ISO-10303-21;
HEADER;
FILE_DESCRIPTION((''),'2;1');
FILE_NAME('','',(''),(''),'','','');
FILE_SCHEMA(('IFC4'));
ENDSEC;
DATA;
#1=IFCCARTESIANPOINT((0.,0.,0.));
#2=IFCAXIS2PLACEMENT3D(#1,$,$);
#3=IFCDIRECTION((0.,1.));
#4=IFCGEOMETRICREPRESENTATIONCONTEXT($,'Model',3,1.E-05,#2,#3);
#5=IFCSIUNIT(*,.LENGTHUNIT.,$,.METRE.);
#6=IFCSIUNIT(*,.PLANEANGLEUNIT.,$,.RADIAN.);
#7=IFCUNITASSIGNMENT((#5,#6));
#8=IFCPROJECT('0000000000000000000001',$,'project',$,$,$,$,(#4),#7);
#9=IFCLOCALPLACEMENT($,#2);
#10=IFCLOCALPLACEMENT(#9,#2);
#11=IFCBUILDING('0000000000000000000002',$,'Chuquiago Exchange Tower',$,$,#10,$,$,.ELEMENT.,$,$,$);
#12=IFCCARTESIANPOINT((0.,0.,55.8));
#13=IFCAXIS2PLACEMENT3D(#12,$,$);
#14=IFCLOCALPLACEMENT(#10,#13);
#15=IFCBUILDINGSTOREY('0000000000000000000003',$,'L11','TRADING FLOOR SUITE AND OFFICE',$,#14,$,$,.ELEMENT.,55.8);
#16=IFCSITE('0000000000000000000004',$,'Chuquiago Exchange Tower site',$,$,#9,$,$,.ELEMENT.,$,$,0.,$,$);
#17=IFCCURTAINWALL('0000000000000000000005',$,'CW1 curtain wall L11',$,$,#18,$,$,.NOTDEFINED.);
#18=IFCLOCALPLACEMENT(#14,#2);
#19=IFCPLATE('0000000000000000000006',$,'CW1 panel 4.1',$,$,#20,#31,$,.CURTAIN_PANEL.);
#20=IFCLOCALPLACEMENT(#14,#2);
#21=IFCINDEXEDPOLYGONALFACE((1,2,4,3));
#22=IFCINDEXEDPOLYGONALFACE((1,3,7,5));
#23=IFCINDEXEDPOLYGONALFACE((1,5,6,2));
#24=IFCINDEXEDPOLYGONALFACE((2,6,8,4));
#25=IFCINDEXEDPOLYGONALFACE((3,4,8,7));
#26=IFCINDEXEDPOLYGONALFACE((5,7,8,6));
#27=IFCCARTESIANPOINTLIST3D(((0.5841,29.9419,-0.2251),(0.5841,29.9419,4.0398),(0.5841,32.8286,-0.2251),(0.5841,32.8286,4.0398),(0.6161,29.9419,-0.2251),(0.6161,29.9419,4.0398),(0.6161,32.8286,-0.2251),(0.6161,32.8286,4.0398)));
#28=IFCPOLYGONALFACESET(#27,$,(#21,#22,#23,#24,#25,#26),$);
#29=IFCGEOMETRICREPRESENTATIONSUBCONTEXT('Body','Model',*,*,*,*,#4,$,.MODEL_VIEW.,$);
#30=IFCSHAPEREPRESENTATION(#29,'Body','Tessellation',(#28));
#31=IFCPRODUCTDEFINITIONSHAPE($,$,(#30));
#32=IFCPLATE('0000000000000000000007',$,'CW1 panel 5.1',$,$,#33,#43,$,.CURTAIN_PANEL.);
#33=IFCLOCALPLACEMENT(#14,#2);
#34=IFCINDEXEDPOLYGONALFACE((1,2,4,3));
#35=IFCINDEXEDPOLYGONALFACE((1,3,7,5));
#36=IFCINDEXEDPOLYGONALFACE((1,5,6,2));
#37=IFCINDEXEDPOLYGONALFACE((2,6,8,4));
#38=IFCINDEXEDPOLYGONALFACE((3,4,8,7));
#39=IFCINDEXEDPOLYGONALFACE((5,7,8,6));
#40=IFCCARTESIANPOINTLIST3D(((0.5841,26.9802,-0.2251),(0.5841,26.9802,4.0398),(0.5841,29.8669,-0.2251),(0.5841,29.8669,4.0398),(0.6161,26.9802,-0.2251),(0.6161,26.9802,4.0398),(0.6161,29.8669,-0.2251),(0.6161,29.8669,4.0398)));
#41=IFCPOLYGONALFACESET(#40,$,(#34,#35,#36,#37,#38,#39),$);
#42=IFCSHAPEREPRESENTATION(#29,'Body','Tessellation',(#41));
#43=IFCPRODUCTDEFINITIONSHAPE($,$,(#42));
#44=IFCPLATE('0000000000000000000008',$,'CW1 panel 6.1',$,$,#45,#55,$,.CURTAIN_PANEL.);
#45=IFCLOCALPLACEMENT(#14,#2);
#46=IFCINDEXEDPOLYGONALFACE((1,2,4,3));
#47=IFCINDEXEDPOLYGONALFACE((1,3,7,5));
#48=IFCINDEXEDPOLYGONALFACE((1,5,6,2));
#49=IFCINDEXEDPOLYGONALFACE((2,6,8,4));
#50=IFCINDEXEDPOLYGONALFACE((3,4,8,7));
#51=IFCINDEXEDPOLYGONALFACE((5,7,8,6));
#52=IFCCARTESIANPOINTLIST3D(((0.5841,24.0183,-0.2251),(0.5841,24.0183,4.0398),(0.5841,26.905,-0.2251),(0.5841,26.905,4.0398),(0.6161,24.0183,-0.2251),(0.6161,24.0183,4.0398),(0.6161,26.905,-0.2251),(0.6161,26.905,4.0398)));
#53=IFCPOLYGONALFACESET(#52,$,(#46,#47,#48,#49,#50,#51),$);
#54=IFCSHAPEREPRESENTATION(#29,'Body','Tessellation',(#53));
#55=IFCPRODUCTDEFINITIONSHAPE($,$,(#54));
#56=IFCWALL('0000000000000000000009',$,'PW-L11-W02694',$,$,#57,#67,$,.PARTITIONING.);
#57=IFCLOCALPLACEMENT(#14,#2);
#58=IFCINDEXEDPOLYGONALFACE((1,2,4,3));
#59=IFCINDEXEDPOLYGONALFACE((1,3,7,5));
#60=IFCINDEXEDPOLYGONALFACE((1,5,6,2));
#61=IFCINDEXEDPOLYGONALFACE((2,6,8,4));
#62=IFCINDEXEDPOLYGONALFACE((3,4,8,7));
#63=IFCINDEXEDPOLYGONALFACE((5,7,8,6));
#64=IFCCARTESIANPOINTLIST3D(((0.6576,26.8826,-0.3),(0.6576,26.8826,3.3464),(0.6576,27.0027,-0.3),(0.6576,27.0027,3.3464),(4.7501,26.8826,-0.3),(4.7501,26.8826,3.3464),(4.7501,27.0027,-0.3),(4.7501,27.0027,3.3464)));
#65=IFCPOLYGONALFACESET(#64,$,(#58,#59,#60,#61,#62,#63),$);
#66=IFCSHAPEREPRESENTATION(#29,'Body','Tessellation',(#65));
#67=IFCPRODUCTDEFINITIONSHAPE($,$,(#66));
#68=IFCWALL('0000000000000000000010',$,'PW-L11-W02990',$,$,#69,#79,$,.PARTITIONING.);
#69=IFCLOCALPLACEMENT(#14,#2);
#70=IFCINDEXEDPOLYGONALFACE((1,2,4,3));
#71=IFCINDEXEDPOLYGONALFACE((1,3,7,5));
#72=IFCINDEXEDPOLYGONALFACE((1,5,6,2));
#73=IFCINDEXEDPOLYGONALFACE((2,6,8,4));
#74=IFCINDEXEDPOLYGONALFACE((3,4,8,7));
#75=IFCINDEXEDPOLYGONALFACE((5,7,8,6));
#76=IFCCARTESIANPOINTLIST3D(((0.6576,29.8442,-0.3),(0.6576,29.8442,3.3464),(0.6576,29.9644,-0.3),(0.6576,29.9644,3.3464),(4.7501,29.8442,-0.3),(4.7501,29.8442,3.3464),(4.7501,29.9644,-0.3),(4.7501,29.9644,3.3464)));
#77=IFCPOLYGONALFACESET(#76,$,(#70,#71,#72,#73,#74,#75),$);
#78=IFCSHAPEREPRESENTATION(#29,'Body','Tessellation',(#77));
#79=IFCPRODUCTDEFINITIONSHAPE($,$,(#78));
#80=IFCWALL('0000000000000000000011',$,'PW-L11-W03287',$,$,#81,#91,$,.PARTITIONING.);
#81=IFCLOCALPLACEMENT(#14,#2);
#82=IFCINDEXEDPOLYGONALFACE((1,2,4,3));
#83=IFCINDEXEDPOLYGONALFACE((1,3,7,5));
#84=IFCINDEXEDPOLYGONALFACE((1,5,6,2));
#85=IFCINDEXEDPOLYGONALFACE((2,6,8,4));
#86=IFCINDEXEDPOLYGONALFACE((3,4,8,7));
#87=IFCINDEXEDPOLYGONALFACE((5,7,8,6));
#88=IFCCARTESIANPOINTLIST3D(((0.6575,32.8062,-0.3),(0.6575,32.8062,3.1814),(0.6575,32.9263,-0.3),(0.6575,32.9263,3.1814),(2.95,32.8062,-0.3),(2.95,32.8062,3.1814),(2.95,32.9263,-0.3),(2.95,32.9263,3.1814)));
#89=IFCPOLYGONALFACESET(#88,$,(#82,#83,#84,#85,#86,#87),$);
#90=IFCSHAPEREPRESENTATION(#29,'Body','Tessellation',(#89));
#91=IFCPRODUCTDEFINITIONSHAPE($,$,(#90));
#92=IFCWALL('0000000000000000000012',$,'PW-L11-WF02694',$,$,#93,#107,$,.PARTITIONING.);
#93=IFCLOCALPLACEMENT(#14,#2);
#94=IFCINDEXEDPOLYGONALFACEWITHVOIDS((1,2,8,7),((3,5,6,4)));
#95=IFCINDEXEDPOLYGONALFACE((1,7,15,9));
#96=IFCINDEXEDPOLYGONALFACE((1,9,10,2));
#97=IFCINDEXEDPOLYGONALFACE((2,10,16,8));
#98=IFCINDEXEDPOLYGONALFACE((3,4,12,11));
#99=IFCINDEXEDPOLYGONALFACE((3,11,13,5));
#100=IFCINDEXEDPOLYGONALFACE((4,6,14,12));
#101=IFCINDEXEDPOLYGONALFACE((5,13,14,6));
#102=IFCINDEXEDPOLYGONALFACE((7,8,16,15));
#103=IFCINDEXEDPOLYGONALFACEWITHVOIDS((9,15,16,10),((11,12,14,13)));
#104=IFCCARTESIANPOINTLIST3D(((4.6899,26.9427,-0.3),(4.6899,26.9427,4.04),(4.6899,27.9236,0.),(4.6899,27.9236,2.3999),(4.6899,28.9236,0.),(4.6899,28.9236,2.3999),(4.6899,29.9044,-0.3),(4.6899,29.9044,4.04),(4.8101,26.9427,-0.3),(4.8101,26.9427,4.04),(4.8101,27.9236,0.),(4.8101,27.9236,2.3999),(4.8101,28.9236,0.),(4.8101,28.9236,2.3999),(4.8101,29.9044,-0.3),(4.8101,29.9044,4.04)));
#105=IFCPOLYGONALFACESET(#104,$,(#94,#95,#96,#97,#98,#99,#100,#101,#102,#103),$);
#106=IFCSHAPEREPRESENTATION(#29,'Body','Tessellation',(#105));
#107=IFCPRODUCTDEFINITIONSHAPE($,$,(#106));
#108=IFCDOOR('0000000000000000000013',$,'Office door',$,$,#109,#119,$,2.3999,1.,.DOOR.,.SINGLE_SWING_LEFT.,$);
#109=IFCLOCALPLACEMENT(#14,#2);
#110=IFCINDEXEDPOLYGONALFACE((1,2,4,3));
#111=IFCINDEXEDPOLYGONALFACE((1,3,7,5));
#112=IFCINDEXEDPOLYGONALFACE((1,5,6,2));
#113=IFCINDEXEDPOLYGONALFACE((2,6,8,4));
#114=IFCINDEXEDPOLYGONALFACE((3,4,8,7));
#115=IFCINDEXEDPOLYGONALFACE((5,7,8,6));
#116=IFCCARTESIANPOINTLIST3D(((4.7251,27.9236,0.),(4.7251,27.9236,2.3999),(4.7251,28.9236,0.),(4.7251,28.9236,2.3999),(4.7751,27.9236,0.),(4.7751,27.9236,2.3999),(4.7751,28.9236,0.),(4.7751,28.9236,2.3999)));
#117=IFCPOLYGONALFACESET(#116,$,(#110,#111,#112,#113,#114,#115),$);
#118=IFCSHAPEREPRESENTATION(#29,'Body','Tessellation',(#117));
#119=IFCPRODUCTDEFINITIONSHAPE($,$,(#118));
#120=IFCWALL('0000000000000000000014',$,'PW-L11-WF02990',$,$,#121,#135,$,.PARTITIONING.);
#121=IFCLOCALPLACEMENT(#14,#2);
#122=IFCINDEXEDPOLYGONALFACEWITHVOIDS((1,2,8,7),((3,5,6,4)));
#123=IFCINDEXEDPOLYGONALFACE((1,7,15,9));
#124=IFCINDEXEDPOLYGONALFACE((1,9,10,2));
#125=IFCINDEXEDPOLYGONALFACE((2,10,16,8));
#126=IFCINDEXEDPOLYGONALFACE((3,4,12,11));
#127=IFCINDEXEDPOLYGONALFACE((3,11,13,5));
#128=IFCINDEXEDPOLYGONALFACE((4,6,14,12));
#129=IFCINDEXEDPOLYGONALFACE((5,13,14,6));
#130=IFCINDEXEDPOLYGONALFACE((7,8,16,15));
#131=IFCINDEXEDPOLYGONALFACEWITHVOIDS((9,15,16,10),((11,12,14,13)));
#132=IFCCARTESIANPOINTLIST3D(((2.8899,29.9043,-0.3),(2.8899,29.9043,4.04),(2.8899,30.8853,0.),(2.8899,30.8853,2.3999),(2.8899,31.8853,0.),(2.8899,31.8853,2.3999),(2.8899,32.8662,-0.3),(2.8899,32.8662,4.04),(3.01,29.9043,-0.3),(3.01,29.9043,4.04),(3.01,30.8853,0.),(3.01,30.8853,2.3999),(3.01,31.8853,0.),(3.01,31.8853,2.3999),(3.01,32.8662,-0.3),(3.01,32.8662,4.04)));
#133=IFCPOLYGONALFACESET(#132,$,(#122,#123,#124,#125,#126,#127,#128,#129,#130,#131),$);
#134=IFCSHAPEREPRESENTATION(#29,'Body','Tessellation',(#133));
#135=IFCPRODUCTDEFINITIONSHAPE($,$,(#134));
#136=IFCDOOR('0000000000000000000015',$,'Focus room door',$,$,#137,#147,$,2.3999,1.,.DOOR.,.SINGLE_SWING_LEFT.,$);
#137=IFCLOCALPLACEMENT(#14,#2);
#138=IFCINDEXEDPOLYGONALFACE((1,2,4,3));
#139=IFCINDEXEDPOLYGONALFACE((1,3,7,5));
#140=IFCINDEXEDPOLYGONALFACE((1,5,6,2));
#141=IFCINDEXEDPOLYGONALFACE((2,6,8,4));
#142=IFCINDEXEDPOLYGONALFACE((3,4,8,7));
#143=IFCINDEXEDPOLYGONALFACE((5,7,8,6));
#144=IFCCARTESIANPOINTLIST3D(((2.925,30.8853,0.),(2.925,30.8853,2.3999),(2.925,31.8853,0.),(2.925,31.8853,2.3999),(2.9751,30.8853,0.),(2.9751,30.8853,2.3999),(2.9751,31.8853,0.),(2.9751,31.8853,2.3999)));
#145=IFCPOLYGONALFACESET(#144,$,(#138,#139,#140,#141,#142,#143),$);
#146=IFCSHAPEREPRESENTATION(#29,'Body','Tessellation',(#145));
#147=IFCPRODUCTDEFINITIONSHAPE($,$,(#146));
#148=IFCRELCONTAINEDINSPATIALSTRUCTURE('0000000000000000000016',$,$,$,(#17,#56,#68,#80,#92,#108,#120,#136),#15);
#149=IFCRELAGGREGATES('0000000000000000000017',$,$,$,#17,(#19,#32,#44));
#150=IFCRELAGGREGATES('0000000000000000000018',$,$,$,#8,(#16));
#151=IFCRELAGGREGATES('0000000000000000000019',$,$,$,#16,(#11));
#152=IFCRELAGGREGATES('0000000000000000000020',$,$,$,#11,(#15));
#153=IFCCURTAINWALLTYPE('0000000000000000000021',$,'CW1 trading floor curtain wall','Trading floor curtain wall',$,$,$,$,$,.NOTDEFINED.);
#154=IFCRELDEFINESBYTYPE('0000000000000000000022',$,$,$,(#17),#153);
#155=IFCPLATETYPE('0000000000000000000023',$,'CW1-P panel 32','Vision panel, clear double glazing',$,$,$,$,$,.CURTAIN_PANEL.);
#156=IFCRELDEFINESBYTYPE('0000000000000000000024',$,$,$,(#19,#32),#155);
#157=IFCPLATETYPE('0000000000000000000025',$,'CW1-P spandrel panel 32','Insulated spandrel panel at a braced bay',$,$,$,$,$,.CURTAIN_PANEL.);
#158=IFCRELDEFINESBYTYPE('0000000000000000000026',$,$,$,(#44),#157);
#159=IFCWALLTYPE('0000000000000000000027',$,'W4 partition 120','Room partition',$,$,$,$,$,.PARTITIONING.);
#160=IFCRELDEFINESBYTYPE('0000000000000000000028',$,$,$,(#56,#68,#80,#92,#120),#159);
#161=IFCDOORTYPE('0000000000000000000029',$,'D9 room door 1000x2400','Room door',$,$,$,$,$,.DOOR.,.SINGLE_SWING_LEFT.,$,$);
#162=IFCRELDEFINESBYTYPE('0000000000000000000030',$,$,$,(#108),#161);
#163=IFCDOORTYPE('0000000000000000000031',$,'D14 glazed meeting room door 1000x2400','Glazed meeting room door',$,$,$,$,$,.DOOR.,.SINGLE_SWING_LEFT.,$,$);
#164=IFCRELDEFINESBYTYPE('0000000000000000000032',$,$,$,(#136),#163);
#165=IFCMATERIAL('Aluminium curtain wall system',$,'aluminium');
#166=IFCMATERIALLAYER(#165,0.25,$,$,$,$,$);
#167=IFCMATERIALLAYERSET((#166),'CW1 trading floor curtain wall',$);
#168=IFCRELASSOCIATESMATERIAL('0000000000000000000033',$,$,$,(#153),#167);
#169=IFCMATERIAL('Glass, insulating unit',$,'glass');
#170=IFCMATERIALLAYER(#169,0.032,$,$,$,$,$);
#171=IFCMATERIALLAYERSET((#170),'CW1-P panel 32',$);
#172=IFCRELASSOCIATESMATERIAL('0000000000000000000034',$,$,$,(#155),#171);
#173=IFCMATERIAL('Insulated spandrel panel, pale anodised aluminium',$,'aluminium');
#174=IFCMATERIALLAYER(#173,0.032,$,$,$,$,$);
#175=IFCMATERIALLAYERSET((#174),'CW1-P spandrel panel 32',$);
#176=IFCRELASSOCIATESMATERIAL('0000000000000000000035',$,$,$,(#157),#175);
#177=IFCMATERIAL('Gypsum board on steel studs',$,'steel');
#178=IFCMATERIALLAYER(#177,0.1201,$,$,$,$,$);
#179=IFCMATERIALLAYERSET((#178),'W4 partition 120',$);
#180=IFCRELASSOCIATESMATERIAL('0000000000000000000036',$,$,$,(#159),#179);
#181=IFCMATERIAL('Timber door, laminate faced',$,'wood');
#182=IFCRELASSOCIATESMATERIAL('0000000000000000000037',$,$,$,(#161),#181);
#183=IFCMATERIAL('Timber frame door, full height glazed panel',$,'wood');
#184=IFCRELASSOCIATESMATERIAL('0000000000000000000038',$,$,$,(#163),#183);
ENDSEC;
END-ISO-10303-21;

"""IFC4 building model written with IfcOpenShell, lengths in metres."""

from ifc_helpers import new_model, si_unit, direction, frame, frame_2d, origin, origin_2d, place, context, subcontext, project, spatial, rectangle, extrude, material, layer, layer_set, type_object, element, fill, aggregate, save


model = new_model("IFC4")

# Units and contexts
model_context = context("Model", 3, precision=1e-05, world=origin(), true_north=direction((0.0, 1.0)))
body_context = subcontext(model_context, "Body", "Model", "MODEL_VIEW")
ifc_project = project(units=[si_unit("LENGTHUNIT", "METRE"), si_unit("PLANEANGLEUNIT", "RADIAN")], contexts=[model_context])

# Site, building, storey
site_placement = place(None, origin())
site = spatial("IfcSite", under=ifc_project, at=site_placement, Name="Chuquiago Exchange Tower site", CompositionType="ELEMENT", RefElevation=0.0)
building_placement = place(site_placement, origin())
building = spatial("IfcBuilding", under=site, at=building_placement, Name="Chuquiago Exchange Tower", CompositionType="ELEMENT")
storey_placement = place(building_placement, frame((0.0, 0.0, 55.8)))
storey = spatial("IfcBuildingStorey", under=building, at=storey_placement, Name="L11", Description="TRADING FLOOR SUITE AND OFFICE", CompositionType="ELEMENT", Elevation=55.8)

# Curtain wall
ifc_material_1 = material(Name="Aluminium curtain wall system", Category="aluminium")
ifc_layer_1 = layer(ifc_material_1, 0.25)
ifc_layer_set_1 = layer_set([ifc_layer_1], Name="CW1 trading floor curtain wall")
curtain_wall_type = type_object("IfcCurtainWallType", Name="CW1 trading floor curtain wall", Description="Trading floor curtain wall", PredefinedType="NOTDEFINED", material=ifc_layer_set_1)
curtain_wall_placement = place(storey_placement, origin())
curtain_wall = element("IfcCurtainWall", 1, at=curtain_wall_placement, inside=storey, type_object=curtain_wall_type, Name="CW1 curtain wall L11", PredefinedType="NOTDEFINED")

# Plates
ifc_material_2 = material(Name="Glass, insulating unit", Category="glass")
ifc_layer_2 = layer(ifc_material_2, 0.032)
ifc_layer_set_2 = layer_set([ifc_layer_2], Name="CW1-P panel 32")
plate_type_1 = type_object("IfcPlateType", Name="CW1-P panel 32", Description="Vision panel, clear double glazing", PredefinedType="CURTAIN_PANEL", material=ifc_layer_set_2)
plate_1_placement = place(storey_placement, frame((0.6001, 31.3853, -0.2251), z_axis=(0.0, 0.0, 1.0), x_axis=(0.0, -1.0, 0.0)))
plate_1 = element("IfcPlate", 2, at=plate_1_placement, type_object=plate_type_1, Name="CW1 panel 4.1", PredefinedType="CURTAIN_PANEL", context=body_context, shape_type="SweptSolid", body=[
    extrude(rectangle(XDim=2.8867, YDim=0.032, at=origin_2d()), origin(), (0.0, 0.0, 1.0), 4.2649),
])
plate_2_placement = place(storey_placement, frame((0.6001, 28.4236, -0.2251), z_axis=(0.0, 0.0, 1.0), x_axis=(0.0, -1.0, 0.0)))
plate_2 = element("IfcPlate", 3, at=plate_2_placement, type_object=plate_type_1, Name="CW1 panel 5.1", PredefinedType="CURTAIN_PANEL", context=body_context, shape_type="SweptSolid", body=[
    extrude(rectangle(XDim=2.8867, YDim=0.032, at=origin_2d()), origin(), (0.0, 0.0, 1.0), 4.2649),
])
ifc_material_3 = material(Name="Insulated spandrel panel, pale anodised aluminium", Category="aluminium")
ifc_layer_3 = layer(ifc_material_3, 0.032)
ifc_layer_set_3 = layer_set([ifc_layer_3], Name="CW1-P spandrel panel 32")
plate_type_2 = type_object("IfcPlateType", Name="CW1-P spandrel panel 32", Description="Insulated spandrel panel at a braced bay", PredefinedType="CURTAIN_PANEL", material=ifc_layer_set_3)
plate_3_placement = place(storey_placement, frame((0.6001, 25.4617, -0.2251), z_axis=(0.0, 0.0, 1.0), x_axis=(0.0, -1.0, 0.0)))
plate_3 = element("IfcPlate", 4, at=plate_3_placement, type_object=plate_type_2, Name="CW1 panel 6.1", PredefinedType="CURTAIN_PANEL", context=body_context, shape_type="SweptSolid", body=[
    extrude(rectangle(XDim=2.8867, YDim=0.032, at=origin_2d()), origin(), (0.0, 0.0, 1.0), 4.2649),
])
aggregate(curtain_wall, [plate_1, plate_2, plate_3])

# Walls
ifc_material_4 = material(Name="Gypsum board on steel studs", Category="steel")
ifc_layer_4 = layer(ifc_material_4, 0.1201)
ifc_layer_set_4 = layer_set([ifc_layer_4], Name="W4 partition 120")
wall_type = type_object("IfcWallType", Name="W4 partition 120", Description="Room partition", PredefinedType="PARTITIONING", material=ifc_layer_set_4)
for number, where, z_axis, x_axis, name in (
    (5, (0.6575, 26.9426, -0.3), (0.0, 0.0, 1.0), (1.0, 0.0, 0.0), "PW-L11-W02694"),
    (6, (0.6575, 29.9043, -0.3), (0.0, 0.0, 1.0), (1.0, 0.0, 0.0), "PW-L11-W02990"),
):
    element("IfcWall", number, at=place(storey_placement, frame(where, z_axis=z_axis, x_axis=x_axis)), inside=storey, type_object=wall_type, Name=name, PredefinedType="PARTITIONING", context=body_context, shape_type="SweptSolid", body=[
        extrude(rectangle(XDim=4.0925, YDim=0.1201, at=frame_2d((2.0464, 0.0))), origin(), (0.0, 0.0, 1.0), 3.6465),
    ])
wall_1_placement = place(storey_placement, frame((0.6575, 32.8662, -0.3), z_axis=(0.0, 0.0, 1.0), x_axis=(1.0, 0.0, 0.0)))
element("IfcWall", 7, at=wall_1_placement, inside=storey, type_object=wall_type, Name="PW-L11-W03287", PredefinedType="PARTITIONING", context=body_context, shape_type="SweptSolid", body=[
    extrude(rectangle(XDim=2.2925, YDim=0.1201, at=frame_2d((1.1462, 0.0))), origin(), (0.0, 0.0, 1.0), 3.4814),
])

# Walls, openings, doors
wall_2_placement = place(storey_placement, frame((4.75, 26.9426, -0.3), z_axis=(0.0, 0.0, 1.0), x_axis=(0.0, 1.0, 0.0)))
wall_2 = element("IfcWall", 8, at=wall_2_placement, inside=storey, type_object=wall_type, Name="PW-L11-WF02694", PredefinedType="PARTITIONING", context=body_context, shape_type="SweptSolid", body=[
    extrude(rectangle(XDim=2.9617, YDim=0.1201, at=frame_2d((1.481, 0.0))), origin(), (0.0, 0.0, 1.0), 4.3401),
])
opening_1_placement = place(wall_2_placement, frame((0.981, 0.0, 0.3)))
opening_1 = element("IfcOpeningElement", 9, at=opening_1_placement, cuts=wall_2, PredefinedType="OPENING", context=body_context, shape_type="SweptSolid", body=[
    extrude(rectangle(XDim=1.0, YDim=2.3999, at=frame_2d((0.5, 1.2))), frame((0.0, 0.0701, 0.0), z_axis=(0.0, -1.0, 0.0), x_axis=(1.0, 0.0, 0.0)), (0.0, 0.0, 1.0), 0.1401),
])
ifc_material_5 = material(Name="Timber door, laminate faced", Category="wood")
door_type_1 = type_object("IfcDoorType", Name="D9 room door 1000x2400", Description="Room door", OperationType="SINGLE_SWING_LEFT", PredefinedType="DOOR", material=ifc_material_5)
door_1_placement = place(opening_1_placement, origin())
door_1 = element("IfcDoor", 10, at=door_1_placement, inside=storey, type_object=door_type_1, Name="Office door", OperationType="SINGLE_SWING_LEFT", OverallHeight=2.3999, OverallWidth=1.0, PredefinedType="DOOR", context=body_context, shape_type="SweptSolid", body=[
    extrude(rectangle(XDim=1.0, YDim=2.3999, at=frame_2d((0.5, 1.2))), frame((0.0, 0.0249, 0.0), z_axis=(0.0, -1.0, 0.0), x_axis=(1.0, 0.0, 0.0)), (0.0, 0.0, 1.0), 0.05),
])
fill(opening_1, door_1)
wall_3_placement = place(storey_placement, frame((2.95, 29.9043, -0.3), z_axis=(0.0, 0.0, 1.0), x_axis=(0.0, 1.0, 0.0)))
wall_3 = element("IfcWall", 11, at=wall_3_placement, inside=storey, type_object=wall_type, Name="PW-L11-WF02990", PredefinedType="PARTITIONING", context=body_context, shape_type="SweptSolid", body=[
    extrude(rectangle(XDim=2.9619, YDim=0.1201, at=frame_2d((1.481, 0.0))), origin(), (0.0, 0.0, 1.0), 4.3401),
])
opening_2_placement = place(wall_3_placement, frame((0.981, 0.0, 0.3)))
opening_2 = element("IfcOpeningElement", 12, at=opening_2_placement, cuts=wall_3, PredefinedType="OPENING", context=body_context, shape_type="SweptSolid", body=[
    extrude(rectangle(XDim=1.0, YDim=2.3999, at=frame_2d((0.5, 1.2))), frame((0.0, 0.0701, 0.0), z_axis=(0.0, -1.0, 0.0), x_axis=(1.0, 0.0, 0.0)), (0.0, 0.0, 1.0), 0.1401),
])
ifc_material_6 = material(Name="Timber frame door, full height glazed panel", Category="wood")
door_type_2 = type_object("IfcDoorType", Name="D14 glazed meeting room door 1000x2400", Description="Glazed meeting room door", OperationType="SINGLE_SWING_LEFT", PredefinedType="DOOR", material=ifc_material_6)
door_2_placement = place(opening_2_placement, origin())
door_2 = element("IfcDoor", 13, at=door_2_placement, inside=storey, type_object=door_type_2, Name="Focus room door", OperationType="SINGLE_SWING_LEFT", OverallHeight=2.3999, OverallWidth=1.0, PredefinedType="DOOR", context=body_context, shape_type="SweptSolid", body=[
    extrude(rectangle(XDim=1.0, YDim=2.3999, at=frame_2d((0.5, 1.2))), frame((0.0, 0.0249, 0.0), z_axis=(0.0, -1.0, 0.0), x_axis=(1.0, 0.0, 0.0)), (0.0, 0.0, 1.0), 0.05),
])
fill(opening_2, door_2)

save(model, "model.ifc")
